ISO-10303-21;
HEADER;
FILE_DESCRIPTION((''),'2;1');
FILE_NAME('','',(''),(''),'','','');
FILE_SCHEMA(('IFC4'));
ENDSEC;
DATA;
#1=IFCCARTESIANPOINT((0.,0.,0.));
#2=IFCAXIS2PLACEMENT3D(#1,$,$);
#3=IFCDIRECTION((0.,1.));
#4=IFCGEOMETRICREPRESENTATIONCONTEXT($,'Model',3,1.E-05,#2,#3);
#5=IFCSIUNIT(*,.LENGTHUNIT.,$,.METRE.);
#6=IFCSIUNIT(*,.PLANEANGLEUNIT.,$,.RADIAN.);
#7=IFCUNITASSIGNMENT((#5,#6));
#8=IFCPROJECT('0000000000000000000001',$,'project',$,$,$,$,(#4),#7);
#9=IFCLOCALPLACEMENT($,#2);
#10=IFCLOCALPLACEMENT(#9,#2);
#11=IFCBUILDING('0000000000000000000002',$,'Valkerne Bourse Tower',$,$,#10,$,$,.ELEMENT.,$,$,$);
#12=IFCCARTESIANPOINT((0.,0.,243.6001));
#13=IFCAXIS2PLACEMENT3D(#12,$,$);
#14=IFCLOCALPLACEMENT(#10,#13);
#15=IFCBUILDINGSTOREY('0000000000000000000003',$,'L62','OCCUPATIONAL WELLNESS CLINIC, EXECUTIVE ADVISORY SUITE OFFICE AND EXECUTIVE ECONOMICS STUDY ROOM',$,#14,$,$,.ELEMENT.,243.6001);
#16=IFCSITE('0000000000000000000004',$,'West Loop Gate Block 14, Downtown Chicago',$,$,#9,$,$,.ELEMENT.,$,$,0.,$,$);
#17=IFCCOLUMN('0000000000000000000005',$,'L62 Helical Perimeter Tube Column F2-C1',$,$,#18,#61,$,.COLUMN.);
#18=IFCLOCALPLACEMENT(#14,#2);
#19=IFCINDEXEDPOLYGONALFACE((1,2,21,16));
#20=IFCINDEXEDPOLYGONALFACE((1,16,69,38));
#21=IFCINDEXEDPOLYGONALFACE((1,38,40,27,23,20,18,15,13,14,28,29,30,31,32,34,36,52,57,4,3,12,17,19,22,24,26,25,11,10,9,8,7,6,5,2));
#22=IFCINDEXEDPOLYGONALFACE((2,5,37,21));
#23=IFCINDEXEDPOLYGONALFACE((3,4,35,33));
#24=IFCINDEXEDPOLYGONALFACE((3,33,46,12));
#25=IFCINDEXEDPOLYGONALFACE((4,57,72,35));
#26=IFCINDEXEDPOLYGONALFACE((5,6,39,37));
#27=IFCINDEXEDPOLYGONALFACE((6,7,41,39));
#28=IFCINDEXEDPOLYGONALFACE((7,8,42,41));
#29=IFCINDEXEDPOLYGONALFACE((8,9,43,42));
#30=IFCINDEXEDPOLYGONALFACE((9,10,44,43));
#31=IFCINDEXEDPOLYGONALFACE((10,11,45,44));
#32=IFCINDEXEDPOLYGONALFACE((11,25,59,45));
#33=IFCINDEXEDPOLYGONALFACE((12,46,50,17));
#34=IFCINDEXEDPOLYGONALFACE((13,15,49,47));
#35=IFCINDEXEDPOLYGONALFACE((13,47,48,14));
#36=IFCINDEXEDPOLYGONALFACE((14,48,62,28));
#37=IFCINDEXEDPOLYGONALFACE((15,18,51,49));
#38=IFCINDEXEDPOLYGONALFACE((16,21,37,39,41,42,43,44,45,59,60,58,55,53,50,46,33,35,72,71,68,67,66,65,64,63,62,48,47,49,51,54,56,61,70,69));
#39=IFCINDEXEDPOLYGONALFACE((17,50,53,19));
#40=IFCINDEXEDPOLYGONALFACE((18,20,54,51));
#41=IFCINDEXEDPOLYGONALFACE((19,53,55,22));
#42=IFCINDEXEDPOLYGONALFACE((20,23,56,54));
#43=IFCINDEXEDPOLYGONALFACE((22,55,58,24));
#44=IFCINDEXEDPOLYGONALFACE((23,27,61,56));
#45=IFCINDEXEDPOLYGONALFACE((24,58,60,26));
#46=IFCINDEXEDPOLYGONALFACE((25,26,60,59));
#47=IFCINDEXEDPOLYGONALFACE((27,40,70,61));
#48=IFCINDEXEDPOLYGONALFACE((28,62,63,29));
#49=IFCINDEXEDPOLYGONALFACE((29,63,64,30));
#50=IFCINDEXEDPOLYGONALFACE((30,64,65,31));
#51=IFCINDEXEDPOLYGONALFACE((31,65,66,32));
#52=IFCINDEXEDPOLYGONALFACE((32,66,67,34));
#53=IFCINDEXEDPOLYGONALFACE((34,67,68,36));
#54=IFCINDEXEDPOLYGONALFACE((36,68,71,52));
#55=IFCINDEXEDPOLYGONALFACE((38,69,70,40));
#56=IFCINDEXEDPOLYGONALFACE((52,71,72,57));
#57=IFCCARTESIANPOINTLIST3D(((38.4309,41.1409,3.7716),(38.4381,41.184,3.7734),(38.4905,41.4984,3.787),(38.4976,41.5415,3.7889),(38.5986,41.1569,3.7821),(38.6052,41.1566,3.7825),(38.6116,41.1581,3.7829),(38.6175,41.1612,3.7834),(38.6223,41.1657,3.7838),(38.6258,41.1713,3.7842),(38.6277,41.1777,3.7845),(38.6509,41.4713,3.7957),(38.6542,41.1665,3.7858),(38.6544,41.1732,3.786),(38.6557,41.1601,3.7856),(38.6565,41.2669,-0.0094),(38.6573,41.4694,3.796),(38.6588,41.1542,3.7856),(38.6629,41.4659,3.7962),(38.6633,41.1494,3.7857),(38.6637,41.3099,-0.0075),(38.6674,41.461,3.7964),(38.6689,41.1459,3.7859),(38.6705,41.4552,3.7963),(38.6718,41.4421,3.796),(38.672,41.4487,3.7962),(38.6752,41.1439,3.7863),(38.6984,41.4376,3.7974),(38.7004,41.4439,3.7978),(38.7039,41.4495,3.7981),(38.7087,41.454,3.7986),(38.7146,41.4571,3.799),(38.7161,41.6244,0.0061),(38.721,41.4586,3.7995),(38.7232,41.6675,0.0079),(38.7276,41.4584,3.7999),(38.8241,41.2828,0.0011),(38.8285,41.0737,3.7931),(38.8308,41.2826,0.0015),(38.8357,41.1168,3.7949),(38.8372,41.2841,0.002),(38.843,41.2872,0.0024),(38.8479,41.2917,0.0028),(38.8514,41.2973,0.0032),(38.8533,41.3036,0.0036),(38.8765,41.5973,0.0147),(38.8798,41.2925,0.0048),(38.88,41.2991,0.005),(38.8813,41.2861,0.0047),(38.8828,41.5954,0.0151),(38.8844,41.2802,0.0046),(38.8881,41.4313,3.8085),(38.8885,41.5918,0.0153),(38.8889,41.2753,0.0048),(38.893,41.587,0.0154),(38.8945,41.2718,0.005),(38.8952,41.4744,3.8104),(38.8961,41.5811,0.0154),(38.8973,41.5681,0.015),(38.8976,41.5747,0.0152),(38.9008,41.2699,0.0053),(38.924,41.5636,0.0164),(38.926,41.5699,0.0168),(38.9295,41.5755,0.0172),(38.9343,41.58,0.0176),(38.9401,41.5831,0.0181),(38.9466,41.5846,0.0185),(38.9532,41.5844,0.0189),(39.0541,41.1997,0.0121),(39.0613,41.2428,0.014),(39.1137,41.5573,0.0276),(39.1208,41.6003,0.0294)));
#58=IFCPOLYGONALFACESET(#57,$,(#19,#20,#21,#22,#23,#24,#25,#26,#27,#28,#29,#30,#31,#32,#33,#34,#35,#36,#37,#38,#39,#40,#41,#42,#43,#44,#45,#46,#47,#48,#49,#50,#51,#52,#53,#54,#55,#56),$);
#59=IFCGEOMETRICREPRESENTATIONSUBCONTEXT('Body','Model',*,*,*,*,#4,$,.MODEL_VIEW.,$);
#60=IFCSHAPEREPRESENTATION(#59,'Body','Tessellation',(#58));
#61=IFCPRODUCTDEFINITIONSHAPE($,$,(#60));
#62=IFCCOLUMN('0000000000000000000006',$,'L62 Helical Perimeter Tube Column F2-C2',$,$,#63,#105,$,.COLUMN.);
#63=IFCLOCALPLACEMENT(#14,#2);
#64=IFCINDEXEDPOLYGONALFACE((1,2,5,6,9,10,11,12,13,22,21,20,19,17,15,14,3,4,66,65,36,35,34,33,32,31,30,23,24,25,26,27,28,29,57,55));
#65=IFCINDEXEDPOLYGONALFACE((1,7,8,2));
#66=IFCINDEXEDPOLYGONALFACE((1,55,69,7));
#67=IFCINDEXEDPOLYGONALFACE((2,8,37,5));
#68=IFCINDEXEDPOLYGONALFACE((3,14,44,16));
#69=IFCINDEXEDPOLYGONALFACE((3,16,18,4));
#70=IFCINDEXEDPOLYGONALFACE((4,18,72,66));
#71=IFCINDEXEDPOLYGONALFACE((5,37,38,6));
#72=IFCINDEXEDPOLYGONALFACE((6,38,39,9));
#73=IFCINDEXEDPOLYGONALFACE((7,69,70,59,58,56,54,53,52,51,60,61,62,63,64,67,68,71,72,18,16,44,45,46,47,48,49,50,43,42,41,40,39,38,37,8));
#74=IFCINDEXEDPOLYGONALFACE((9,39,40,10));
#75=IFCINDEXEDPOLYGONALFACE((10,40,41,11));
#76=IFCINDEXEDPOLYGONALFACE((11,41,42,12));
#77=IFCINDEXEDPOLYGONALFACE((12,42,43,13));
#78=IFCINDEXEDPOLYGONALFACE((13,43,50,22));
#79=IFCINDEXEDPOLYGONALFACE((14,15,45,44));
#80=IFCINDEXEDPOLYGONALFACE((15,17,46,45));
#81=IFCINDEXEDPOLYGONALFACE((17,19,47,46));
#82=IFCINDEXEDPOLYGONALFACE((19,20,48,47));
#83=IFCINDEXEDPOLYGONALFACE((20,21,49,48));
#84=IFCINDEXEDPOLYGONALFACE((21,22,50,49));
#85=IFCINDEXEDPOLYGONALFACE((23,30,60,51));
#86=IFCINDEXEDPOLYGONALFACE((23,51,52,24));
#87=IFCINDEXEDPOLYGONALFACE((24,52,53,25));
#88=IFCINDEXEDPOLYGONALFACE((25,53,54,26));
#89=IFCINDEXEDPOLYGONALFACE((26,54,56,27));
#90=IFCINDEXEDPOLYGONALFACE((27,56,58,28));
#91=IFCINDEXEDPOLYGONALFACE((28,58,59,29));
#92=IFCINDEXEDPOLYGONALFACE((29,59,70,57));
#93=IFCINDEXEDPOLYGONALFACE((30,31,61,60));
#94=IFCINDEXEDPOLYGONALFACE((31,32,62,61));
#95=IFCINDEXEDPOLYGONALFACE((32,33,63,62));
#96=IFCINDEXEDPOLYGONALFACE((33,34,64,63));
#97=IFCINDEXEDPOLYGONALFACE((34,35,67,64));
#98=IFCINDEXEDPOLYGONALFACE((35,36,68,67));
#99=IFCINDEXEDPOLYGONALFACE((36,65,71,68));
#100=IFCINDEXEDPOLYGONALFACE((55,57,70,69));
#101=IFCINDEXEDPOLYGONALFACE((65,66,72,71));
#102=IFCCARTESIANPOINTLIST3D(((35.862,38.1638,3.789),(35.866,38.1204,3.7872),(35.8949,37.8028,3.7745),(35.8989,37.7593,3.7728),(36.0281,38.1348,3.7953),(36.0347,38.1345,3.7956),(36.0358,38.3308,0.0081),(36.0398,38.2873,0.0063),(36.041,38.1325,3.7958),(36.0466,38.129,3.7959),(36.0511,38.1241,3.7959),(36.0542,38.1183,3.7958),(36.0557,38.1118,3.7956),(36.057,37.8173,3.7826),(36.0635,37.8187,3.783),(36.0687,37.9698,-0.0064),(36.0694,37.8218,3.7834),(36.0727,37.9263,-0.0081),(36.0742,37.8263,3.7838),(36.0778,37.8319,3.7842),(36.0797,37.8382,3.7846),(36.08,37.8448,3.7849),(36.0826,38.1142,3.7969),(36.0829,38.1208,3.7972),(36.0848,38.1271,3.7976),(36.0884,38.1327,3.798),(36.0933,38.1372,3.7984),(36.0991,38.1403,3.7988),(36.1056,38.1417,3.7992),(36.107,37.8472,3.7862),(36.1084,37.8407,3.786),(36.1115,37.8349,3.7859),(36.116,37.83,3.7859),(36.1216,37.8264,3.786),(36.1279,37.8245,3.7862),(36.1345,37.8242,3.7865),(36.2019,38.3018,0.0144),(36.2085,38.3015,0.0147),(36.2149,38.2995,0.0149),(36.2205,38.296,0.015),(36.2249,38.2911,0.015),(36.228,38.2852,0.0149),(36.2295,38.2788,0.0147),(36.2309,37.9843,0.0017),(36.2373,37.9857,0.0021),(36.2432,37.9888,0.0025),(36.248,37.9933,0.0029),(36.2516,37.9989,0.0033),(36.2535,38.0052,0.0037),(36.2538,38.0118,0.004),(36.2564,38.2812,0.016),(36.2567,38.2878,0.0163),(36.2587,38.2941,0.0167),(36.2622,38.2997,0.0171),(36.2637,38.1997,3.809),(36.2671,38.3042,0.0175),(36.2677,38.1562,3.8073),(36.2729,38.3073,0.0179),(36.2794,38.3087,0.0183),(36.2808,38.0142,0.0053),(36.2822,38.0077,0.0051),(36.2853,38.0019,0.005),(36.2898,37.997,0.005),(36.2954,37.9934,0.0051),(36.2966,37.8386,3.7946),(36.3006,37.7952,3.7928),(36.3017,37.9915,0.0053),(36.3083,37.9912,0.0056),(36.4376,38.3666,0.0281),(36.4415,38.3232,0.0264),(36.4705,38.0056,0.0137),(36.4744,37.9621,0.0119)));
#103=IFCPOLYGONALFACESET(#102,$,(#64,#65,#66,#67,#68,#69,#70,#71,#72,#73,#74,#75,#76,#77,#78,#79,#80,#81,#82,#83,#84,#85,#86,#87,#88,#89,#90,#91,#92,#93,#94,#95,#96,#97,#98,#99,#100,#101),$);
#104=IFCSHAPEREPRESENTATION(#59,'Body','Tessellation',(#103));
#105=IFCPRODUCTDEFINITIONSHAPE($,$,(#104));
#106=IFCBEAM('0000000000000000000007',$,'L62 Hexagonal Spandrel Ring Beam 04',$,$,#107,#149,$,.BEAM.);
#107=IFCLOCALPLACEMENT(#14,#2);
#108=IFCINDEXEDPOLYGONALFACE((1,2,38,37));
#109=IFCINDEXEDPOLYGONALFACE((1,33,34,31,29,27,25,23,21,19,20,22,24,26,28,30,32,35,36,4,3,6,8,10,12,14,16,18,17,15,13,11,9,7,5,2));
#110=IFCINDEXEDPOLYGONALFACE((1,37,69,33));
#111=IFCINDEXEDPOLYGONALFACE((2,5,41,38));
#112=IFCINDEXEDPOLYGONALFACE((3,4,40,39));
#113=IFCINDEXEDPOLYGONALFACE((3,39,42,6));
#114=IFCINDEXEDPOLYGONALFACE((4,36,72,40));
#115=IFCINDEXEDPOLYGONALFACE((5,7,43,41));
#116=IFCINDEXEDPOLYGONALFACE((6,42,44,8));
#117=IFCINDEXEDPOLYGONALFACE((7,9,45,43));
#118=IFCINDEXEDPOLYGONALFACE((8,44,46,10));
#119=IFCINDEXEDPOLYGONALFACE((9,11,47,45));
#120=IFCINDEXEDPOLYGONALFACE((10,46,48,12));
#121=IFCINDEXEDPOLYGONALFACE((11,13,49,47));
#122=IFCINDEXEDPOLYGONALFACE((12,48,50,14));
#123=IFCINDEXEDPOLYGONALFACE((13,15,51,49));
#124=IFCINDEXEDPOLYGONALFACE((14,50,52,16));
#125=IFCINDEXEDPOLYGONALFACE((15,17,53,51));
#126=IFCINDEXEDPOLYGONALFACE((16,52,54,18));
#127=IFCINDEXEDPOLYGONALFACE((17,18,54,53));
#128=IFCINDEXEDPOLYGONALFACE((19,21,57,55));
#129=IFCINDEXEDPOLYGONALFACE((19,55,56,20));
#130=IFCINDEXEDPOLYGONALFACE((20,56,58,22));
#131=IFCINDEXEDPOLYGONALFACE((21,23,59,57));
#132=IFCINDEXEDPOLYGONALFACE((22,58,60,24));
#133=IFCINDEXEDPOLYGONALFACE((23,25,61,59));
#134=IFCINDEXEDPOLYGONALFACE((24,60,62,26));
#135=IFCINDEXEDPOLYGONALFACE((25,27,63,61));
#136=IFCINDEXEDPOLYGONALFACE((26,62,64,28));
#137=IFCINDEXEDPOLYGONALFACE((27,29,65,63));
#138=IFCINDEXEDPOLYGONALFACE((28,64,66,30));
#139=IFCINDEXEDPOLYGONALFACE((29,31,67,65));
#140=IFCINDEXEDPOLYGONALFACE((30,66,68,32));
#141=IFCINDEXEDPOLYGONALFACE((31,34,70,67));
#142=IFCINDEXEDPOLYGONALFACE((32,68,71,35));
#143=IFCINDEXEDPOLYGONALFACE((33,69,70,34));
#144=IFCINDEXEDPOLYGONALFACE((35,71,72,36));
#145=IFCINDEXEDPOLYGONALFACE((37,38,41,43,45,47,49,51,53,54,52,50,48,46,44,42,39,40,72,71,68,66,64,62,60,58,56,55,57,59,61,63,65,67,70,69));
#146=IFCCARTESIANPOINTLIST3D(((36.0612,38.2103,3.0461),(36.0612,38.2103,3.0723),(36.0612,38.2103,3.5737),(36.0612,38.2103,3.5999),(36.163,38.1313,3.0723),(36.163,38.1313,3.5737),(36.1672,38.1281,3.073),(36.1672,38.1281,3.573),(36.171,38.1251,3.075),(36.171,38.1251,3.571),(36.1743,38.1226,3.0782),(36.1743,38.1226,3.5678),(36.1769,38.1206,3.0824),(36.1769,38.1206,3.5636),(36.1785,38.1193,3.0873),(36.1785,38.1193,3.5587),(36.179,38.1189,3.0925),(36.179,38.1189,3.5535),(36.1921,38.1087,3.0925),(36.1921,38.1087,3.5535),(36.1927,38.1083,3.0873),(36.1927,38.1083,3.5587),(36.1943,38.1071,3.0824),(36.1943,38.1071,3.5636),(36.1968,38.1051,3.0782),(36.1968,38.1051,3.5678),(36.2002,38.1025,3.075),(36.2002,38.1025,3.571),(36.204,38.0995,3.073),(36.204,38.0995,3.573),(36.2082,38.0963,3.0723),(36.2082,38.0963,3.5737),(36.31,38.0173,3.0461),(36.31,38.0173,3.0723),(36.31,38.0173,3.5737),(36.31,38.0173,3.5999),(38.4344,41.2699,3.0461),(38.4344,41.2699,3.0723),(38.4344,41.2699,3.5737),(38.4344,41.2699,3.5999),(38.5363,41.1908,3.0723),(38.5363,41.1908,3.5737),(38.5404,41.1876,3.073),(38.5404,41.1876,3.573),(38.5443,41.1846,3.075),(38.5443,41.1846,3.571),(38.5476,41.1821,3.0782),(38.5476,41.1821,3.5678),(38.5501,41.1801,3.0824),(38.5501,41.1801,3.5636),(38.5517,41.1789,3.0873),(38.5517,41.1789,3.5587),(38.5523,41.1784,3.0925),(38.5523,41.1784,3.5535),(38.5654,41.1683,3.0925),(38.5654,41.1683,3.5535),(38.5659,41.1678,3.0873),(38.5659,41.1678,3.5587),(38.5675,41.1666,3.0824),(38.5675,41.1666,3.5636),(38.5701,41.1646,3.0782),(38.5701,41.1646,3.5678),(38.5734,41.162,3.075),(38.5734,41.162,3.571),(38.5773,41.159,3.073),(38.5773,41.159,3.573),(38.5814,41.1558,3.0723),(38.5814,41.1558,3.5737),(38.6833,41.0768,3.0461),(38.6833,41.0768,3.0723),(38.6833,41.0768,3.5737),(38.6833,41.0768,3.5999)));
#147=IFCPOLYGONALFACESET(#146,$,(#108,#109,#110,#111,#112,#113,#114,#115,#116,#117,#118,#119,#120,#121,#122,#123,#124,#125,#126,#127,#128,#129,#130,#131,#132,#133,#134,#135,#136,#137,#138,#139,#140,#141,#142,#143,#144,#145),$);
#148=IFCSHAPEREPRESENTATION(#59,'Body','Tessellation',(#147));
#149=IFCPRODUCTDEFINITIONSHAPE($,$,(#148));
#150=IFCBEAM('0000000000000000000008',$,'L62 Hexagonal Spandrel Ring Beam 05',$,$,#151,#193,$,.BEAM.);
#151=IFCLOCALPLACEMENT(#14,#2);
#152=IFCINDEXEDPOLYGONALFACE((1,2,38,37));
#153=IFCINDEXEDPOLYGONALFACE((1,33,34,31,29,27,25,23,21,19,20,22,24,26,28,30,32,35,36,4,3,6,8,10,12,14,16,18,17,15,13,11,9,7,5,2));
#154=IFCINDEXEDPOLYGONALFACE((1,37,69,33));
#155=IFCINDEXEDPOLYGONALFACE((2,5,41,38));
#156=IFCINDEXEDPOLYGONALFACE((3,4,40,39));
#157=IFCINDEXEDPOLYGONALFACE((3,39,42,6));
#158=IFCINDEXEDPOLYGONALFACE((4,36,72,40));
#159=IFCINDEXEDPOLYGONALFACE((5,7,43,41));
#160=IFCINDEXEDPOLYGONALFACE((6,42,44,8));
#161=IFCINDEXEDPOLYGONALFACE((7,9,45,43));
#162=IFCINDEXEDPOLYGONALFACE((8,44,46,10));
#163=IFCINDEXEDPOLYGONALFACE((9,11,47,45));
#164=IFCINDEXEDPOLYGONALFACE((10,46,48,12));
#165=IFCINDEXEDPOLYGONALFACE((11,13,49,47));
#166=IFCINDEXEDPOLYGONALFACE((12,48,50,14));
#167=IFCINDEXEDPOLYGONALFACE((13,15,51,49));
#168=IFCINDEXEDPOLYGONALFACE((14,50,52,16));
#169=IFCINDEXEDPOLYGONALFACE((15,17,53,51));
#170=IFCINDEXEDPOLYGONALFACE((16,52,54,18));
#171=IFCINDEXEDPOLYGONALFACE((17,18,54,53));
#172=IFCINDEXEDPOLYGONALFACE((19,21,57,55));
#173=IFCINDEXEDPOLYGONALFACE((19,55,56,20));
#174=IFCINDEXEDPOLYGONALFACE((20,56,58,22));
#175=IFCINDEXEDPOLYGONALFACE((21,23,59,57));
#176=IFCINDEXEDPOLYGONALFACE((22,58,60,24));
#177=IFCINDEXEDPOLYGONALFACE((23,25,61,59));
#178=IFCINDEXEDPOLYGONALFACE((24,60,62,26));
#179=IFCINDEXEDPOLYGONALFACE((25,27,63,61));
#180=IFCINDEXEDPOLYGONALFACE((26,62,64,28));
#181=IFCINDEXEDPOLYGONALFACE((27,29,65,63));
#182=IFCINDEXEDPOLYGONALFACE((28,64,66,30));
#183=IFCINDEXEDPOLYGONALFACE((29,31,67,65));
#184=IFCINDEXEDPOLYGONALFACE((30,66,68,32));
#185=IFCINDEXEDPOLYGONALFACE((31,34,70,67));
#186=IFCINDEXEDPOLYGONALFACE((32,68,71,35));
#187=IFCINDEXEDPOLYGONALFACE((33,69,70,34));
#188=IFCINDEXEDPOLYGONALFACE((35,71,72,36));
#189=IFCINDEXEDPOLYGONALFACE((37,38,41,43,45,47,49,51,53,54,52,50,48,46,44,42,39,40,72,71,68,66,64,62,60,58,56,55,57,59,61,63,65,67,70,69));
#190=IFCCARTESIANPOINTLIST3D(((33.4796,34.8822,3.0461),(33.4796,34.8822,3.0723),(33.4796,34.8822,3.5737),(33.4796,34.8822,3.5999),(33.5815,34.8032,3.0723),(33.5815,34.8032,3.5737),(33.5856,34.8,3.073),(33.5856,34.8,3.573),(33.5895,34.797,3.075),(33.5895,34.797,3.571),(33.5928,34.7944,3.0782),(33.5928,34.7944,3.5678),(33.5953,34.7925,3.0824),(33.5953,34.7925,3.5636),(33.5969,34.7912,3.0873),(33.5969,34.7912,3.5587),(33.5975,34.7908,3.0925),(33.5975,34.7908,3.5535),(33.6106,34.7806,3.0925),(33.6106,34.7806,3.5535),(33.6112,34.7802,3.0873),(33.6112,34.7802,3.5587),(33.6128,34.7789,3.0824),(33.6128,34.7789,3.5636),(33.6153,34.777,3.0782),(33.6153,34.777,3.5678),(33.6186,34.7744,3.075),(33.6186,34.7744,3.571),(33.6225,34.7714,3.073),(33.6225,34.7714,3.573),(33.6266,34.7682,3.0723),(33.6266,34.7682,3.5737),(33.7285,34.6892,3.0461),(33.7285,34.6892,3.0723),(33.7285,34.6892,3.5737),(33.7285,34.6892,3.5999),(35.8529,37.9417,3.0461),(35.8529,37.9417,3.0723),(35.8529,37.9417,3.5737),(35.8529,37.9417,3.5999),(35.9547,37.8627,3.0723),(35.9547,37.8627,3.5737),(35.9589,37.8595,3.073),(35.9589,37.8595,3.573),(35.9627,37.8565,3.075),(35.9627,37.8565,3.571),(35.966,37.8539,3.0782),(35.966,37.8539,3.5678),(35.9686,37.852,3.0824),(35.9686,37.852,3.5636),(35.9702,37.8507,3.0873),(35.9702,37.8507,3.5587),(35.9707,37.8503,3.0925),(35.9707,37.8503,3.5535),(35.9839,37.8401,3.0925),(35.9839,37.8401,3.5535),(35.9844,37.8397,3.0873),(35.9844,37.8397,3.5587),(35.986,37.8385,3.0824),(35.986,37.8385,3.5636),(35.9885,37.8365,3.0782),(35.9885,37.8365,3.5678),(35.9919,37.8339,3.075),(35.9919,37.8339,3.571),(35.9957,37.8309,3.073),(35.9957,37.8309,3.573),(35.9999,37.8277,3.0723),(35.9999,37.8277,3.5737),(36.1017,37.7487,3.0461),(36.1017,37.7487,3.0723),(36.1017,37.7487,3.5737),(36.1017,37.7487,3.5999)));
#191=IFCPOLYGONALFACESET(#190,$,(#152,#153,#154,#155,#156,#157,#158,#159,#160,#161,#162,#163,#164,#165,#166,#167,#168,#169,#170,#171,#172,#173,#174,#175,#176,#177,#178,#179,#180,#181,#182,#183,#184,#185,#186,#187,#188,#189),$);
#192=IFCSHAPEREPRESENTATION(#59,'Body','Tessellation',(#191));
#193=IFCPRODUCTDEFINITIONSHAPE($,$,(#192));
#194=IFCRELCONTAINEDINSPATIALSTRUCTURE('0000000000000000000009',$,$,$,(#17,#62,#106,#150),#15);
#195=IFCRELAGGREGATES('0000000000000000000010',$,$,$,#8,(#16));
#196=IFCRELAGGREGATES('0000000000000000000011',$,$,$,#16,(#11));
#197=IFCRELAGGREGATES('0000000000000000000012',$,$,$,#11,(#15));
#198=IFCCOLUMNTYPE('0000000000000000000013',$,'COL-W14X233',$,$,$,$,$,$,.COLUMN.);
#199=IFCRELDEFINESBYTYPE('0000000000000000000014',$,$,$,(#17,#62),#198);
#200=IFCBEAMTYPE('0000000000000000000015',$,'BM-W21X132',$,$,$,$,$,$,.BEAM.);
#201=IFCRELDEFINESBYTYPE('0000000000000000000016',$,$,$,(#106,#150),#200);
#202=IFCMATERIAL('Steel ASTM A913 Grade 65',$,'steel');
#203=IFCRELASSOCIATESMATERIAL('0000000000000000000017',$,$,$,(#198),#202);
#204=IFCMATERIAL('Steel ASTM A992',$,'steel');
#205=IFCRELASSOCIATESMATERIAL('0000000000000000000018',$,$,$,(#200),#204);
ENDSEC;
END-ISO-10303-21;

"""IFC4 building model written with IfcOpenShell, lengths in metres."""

from ifc_helpers import new_model, si_unit, direction, frame, origin, origin_2d, place, context, subcontext, project, spatial, i_section, extrude, material, material_profile, profile_set, type_object, element, save


model = new_model("IFC4")

# Units and contexts
model_context = context("Model", 3, precision=1e-05, world=origin(), true_north=direction((0.0, 1.0)))
body_context = subcontext(model_context, "Body", "Model", "MODEL_VIEW")
ifc_project = project(units=[si_unit("LENGTHUNIT", "METRE"), si_unit("PLANEANGLEUNIT", "RADIAN")], contexts=[model_context])

# Site, building, storey
site_placement = place(None, origin())
site = spatial("IfcSite", under=ifc_project, at=site_placement, Name="West Loop Gate Block 14, Downtown Chicago", CompositionType="ELEMENT", RefElevation=0.0)
building_placement = place(site_placement, origin())
building = spatial("IfcBuilding", under=site, at=building_placement, Name="Valkerne Bourse Tower", CompositionType="ELEMENT")
storey_placement = place(building_placement, frame((0.0, 0.0, 243.6001)))
storey = spatial("IfcBuildingStorey", under=building, at=storey_placement, Name="L62", Description="OCCUPATIONAL WELLNESS CLINIC, EXECUTIVE ADVISORY SUITE OFFICE AND EXECUTIVE ECONOMICS STUDY ROOM", CompositionType="ELEMENT", Elevation=243.6001)

# Columns
ifc_material_1 = material(Name="Steel ASTM A913 Grade 65", Category="steel")
ifc_material_profile_1 = material_profile(ifc_material_1, i_section(OverallWidth=0.4038, OverallDepth=0.4065, WebThickness=0.0271, FlangeThickness=0.0437, FilletRadius=0.0254, at=origin_2d()), Name="W14X233")
ifc_profile_set_1 = profile_set([ifc_material_profile_1], Name="Steel ASTM A913 Grade 65")
column_type = type_object("IfcColumnType", Name="COL-W14X233", PredefinedType="COLUMN", material=ifc_profile_set_1)
column_1_placement = place(storey_placement, frame((38.8887, 41.4336, 0.01), z_axis=(-0.059524, -0.033241, 0.997673), x_axis=(-0.984645, 0.166263, -0.053207)))
element("IfcColumn", 1, at=column_1_placement, inside=storey, type_object=column_type, Name="L62 Helical Perimeter Tube Column F2-C1", PredefinedType="COLUMN", context=body_context, shape_type="SweptSolid", body=[
    extrude(i_section(OverallWidth=0.4038, OverallDepth=0.4065, WebThickness=0.0271, FlangeThickness=0.0437, FilletRadius=0.0254, at=origin_2d()), origin(), (0.0, 0.0, 1.0), 3.7898),
])
column_2_placement = place(storey_placement, frame((36.2551, 38.1465, 0.01), z_axis=(-0.045881, -0.044077, 0.997974), x_axis=(-0.994821, -0.088685, -0.049653)))
element("IfcColumn", 2, at=column_2_placement, inside=storey, type_object=column_type, Name="L62 Helical Perimeter Tube Column F2-C2", PredefinedType="COLUMN", context=body_context, shape_type="SweptSolid", body=[
    extrude(i_section(OverallWidth=0.4038, OverallDepth=0.4065, WebThickness=0.0271, FlangeThickness=0.0437, FilletRadius=0.0254, at=origin_2d()), origin(), (0.0, 0.0, 1.0), 3.7886),
])

# Beams
ifc_material_2 = material(Name="Steel ASTM A992", Category="steel")
ifc_material_profile_2 = material_profile(ifc_material_2, i_section(OverallWidth=0.3149, OverallDepth=0.5537, WebThickness=0.0166, FlangeThickness=0.0261, FilletRadius=0.0203, at=origin_2d()), Name="W21X132")
ifc_profile_set_2 = profile_set([ifc_material_profile_2], Name="Steel ASTM A992")
beam_type_1 = type_object("IfcBeamType", Name="BM-W21X132", PredefinedType="BEAM", material=ifc_profile_set_2)
for number, where, z_axis, x_axis, name in (
    (3, (38.5588, 41.1733, 3.323), (-0.612914, -0.790149, 0.0), (0.790149, -0.612914, 0.0), "L62 Hexagonal Spandrel Ring Beam 04"),
    (4, (35.9773, 37.8452, 3.323), (-0.612914, -0.790149, 0.0), (0.790149, -0.612914, 0.0), "L62 Hexagonal Spandrel Ring Beam 05"),
):
    element("IfcBeam", number, at=place(storey_placement, frame(where, z_axis=z_axis, x_axis=x_axis)), inside=storey, type_object=beam_type_1, Name=name, PredefinedType="BEAM", context=body_context, shape_type="SweptSolid", body=[
        extrude(i_section(OverallWidth=0.3149, OverallDepth=0.5537, WebThickness=0.0166, FlangeThickness=0.0261, FilletRadius=0.0203, at=origin_2d()), origin(), (0.0, 0.0, 1.0), 3.8721),
    ])

save(model, "model.ifc")
